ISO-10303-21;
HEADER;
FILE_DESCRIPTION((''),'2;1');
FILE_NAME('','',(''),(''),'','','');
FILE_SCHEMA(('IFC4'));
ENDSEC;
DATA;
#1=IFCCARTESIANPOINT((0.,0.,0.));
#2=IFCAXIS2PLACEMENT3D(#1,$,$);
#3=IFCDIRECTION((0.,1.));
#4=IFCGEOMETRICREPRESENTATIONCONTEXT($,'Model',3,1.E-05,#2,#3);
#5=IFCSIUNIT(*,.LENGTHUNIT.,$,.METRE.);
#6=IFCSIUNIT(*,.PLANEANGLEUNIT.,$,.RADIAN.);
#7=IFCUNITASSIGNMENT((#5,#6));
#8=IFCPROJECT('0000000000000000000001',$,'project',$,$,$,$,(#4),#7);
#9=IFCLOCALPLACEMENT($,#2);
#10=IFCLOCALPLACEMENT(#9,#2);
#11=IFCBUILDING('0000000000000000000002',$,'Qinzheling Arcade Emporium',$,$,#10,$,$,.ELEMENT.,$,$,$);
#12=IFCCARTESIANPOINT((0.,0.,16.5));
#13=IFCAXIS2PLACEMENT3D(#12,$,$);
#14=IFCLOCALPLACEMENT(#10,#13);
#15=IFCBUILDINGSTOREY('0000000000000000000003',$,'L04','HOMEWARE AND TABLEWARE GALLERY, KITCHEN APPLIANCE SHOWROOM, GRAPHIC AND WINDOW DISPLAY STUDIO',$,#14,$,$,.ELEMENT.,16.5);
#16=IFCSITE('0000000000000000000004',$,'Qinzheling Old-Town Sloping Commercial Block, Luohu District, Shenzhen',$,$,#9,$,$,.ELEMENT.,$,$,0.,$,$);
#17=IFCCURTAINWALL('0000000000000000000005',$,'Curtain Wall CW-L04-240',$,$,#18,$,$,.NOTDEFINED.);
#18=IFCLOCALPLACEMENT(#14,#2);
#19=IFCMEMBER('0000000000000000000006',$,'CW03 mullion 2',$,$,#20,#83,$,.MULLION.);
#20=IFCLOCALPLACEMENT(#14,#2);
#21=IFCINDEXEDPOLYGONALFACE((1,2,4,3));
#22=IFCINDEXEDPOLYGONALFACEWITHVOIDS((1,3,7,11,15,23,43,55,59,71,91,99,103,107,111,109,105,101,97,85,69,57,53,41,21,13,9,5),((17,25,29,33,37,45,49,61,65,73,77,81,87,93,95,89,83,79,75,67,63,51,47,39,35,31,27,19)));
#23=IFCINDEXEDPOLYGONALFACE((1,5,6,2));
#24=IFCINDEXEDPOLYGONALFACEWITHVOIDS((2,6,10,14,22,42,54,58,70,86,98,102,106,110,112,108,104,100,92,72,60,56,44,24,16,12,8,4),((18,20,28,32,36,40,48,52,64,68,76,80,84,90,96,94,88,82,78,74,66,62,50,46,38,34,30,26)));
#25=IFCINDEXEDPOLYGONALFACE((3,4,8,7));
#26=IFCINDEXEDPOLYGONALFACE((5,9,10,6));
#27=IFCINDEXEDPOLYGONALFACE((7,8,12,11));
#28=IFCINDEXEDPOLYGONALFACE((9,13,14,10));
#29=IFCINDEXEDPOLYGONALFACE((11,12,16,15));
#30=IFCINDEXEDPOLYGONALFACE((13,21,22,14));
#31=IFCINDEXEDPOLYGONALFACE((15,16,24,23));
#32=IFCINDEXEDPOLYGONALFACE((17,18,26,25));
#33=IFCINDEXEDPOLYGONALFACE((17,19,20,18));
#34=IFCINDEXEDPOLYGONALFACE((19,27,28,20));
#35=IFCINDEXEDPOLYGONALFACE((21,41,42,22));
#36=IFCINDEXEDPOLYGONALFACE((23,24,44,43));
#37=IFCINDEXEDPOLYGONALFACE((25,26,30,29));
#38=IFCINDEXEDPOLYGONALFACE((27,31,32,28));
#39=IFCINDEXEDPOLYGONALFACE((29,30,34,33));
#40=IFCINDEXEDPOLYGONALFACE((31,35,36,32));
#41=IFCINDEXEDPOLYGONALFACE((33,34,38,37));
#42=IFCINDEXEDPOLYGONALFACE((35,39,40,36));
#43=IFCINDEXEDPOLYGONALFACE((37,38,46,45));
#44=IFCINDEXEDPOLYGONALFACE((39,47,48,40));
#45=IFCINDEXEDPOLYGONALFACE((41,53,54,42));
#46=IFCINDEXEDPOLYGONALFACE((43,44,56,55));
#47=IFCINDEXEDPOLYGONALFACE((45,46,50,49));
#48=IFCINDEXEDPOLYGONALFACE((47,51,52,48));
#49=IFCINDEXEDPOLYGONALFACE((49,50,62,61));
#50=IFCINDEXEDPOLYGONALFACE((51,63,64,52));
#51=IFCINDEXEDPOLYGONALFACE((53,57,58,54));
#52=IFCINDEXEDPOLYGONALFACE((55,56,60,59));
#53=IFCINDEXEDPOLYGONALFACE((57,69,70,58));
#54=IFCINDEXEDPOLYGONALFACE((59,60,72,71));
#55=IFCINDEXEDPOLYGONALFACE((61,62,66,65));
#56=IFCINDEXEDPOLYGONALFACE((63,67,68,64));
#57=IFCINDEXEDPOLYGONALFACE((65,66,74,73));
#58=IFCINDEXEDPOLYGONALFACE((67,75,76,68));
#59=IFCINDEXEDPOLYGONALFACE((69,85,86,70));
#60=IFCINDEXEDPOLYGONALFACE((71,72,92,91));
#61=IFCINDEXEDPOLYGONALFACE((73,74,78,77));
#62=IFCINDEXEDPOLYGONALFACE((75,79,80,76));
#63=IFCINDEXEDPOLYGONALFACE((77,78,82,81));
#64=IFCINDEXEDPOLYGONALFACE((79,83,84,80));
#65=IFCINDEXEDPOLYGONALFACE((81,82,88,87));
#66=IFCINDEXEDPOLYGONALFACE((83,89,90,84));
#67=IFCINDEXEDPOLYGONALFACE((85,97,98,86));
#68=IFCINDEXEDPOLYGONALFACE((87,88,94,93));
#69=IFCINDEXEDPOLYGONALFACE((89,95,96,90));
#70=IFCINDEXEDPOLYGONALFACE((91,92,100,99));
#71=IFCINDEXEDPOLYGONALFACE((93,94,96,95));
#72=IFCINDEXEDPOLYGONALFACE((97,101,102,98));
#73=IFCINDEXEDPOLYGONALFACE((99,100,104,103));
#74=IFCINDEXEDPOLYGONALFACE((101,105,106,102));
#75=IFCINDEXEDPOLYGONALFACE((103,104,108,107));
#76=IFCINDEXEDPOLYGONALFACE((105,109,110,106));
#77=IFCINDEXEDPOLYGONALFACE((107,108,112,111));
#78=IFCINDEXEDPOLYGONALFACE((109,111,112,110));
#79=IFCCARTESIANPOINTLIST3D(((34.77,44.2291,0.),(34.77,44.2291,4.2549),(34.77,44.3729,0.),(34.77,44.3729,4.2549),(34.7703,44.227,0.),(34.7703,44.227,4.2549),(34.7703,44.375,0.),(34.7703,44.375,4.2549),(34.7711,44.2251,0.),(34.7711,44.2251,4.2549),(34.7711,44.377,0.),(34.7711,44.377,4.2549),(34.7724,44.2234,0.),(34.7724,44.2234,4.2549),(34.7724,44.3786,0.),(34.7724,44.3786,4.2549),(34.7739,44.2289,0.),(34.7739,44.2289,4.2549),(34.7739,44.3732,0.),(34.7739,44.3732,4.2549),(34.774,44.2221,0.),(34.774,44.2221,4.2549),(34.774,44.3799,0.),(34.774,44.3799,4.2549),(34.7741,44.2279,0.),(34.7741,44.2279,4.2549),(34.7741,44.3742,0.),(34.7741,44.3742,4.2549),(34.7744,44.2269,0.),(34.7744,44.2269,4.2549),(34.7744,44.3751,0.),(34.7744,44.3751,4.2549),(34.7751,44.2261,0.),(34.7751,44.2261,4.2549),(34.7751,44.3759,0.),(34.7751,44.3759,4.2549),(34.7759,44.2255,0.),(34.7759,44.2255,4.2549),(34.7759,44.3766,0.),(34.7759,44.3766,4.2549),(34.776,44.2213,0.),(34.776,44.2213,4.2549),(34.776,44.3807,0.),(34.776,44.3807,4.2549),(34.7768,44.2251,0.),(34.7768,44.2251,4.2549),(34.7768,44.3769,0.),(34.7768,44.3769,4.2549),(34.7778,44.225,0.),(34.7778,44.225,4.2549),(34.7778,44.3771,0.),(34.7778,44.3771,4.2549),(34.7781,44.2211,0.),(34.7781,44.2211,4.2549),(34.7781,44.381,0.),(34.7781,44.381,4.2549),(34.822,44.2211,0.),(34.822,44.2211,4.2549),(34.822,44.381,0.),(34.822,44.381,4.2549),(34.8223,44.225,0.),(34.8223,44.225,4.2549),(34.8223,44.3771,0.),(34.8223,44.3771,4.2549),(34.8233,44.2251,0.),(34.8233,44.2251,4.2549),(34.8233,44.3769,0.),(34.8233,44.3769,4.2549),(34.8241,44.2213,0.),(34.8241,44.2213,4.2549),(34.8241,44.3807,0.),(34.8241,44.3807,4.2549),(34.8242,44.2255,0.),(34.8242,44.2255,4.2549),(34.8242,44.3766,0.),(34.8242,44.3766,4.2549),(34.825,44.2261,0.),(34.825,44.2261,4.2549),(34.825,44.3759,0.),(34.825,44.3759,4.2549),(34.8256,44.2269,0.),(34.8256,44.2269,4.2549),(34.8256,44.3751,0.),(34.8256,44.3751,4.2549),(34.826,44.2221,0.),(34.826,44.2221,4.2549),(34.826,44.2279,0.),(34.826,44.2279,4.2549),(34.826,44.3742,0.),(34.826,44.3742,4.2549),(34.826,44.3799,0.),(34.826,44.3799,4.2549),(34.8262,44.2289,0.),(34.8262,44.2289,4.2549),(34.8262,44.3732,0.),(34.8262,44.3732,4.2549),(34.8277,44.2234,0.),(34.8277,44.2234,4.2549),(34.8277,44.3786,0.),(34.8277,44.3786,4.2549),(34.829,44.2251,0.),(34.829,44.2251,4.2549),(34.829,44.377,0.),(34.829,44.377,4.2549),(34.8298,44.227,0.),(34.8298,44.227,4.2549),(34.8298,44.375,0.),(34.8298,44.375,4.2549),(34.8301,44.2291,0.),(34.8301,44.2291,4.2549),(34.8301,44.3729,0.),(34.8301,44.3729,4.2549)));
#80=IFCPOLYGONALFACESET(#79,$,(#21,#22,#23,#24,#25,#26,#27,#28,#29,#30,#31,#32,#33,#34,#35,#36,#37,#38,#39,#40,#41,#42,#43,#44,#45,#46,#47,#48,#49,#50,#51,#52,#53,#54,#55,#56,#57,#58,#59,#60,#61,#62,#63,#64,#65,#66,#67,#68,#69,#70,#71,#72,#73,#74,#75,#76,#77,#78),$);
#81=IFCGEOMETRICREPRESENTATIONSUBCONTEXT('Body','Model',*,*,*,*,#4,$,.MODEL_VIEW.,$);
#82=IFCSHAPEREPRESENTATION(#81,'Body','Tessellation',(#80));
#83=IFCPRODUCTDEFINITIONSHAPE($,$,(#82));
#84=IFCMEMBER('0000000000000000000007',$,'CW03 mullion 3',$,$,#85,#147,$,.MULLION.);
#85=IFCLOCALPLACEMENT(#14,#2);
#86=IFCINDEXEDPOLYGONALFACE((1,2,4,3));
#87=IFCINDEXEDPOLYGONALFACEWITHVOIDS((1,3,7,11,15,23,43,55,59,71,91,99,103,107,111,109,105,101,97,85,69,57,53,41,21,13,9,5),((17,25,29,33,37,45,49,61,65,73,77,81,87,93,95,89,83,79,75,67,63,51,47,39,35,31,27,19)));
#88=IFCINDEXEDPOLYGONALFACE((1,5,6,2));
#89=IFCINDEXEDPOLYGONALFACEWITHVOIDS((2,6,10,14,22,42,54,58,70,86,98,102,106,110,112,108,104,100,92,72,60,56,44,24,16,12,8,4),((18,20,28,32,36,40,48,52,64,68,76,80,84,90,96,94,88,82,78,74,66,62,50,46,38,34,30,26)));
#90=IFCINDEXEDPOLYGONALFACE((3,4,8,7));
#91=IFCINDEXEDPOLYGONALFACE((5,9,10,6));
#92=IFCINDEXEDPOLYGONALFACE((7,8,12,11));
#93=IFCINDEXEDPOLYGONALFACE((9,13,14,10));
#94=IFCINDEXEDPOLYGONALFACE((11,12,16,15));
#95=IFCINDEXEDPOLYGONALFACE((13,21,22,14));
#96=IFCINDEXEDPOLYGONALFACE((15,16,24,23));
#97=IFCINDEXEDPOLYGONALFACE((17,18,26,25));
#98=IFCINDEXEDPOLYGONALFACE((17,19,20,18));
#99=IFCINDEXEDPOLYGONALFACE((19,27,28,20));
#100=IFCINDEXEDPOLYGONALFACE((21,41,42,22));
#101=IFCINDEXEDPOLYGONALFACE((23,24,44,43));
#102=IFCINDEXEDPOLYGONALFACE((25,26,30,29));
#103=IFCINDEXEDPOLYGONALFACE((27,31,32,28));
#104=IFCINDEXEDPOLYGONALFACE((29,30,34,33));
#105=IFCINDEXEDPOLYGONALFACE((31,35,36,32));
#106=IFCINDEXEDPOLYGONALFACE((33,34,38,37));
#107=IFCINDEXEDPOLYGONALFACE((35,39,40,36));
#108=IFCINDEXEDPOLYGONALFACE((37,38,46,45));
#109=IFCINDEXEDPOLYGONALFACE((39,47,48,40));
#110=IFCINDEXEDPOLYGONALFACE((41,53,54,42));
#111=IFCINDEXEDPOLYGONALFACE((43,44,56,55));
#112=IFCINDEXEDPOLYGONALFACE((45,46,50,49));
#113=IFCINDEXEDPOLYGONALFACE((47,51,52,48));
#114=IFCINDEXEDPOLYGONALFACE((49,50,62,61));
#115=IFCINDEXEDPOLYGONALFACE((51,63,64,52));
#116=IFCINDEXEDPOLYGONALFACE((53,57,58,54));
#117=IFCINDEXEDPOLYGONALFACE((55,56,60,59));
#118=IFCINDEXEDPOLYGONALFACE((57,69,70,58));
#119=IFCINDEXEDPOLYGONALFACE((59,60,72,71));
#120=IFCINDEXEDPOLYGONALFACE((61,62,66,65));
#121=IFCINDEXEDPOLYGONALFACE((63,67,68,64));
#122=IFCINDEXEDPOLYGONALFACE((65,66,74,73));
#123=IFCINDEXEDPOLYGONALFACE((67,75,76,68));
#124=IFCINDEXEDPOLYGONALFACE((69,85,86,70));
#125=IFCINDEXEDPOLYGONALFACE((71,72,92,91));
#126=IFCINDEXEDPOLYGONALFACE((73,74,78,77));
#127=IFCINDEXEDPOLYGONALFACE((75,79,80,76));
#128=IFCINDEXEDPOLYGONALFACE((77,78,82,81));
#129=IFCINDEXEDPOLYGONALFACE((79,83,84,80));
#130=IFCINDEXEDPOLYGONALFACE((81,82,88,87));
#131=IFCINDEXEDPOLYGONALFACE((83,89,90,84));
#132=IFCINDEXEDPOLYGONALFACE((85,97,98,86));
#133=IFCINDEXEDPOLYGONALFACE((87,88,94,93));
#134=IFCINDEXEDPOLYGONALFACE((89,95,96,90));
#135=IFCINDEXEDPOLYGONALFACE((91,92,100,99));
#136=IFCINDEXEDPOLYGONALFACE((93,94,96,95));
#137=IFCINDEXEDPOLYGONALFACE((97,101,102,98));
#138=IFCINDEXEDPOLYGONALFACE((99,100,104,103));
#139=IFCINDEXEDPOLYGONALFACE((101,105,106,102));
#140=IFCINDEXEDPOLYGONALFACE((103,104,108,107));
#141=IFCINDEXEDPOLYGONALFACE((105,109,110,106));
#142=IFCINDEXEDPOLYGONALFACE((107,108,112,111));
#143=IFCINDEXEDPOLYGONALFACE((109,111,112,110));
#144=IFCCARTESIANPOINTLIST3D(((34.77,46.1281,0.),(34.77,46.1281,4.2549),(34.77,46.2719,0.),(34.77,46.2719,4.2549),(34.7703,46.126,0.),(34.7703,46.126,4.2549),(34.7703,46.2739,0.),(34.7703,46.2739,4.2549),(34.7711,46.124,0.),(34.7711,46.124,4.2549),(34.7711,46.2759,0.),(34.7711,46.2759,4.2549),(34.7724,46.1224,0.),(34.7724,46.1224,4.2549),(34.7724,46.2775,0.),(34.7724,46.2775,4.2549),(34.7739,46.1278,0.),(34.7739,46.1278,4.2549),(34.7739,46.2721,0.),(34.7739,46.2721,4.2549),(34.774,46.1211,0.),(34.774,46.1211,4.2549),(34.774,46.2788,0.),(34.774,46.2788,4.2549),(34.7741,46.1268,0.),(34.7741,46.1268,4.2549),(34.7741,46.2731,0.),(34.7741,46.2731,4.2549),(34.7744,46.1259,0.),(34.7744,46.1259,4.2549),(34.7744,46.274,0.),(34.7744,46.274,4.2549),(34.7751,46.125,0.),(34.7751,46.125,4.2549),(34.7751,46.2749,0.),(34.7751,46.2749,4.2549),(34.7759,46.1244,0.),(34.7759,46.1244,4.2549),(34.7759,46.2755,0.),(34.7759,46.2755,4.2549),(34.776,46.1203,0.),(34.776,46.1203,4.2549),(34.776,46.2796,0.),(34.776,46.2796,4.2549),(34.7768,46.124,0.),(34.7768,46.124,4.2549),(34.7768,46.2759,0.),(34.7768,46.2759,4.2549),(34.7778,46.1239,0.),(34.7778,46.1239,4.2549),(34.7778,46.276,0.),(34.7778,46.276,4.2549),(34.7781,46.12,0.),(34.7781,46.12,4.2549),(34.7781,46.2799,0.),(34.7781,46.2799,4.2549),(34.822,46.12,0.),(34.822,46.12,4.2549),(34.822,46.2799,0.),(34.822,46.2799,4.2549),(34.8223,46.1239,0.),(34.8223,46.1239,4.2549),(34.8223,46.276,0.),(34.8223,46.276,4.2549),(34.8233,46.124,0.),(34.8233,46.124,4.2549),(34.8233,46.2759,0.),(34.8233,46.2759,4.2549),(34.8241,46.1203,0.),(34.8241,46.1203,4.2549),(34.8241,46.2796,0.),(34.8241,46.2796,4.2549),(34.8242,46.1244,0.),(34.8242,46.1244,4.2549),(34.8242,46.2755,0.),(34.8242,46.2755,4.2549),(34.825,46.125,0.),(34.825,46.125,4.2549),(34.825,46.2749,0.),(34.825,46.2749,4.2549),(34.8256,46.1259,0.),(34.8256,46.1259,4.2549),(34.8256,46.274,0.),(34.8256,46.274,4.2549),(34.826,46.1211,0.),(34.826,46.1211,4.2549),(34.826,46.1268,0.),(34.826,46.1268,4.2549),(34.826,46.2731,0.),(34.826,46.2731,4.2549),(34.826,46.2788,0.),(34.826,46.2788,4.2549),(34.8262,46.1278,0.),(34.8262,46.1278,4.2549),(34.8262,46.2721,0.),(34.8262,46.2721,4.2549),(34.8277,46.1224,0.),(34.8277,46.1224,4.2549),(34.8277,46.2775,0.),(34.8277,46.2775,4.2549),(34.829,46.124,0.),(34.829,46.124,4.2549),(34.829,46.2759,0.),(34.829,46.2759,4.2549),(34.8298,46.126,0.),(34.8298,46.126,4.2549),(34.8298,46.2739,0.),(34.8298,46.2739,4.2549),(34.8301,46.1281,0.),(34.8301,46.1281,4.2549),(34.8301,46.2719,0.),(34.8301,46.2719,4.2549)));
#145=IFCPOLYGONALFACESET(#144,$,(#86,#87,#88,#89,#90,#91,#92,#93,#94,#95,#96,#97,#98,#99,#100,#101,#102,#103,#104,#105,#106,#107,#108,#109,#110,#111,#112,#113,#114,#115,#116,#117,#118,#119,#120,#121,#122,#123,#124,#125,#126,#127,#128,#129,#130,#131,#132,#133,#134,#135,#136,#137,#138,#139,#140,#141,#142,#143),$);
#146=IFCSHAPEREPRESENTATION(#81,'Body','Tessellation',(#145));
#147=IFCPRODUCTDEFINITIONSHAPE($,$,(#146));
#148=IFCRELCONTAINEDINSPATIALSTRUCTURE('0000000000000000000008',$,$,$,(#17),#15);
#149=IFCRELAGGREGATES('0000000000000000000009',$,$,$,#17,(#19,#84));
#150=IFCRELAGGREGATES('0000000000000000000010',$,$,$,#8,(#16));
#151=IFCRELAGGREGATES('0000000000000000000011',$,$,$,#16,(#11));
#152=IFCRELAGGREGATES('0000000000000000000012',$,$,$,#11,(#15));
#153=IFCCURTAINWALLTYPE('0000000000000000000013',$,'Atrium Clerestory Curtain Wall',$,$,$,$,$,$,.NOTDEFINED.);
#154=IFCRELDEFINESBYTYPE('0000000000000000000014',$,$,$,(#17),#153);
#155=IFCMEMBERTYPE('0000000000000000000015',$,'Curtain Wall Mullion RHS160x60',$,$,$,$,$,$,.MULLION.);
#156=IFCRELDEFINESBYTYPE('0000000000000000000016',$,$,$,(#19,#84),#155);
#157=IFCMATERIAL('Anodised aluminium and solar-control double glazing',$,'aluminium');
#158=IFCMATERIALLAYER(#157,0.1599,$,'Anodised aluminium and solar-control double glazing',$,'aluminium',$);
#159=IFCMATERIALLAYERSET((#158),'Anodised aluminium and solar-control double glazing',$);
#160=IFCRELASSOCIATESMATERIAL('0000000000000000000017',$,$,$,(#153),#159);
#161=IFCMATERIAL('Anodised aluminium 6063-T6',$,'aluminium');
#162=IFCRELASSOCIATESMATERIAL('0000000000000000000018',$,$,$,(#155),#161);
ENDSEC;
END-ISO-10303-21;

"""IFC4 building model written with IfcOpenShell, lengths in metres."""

from ifc_helpers import new_model, si_unit, direction, frame, origin, origin_2d, place, context, subcontext, project, spatial, hollow_rectangle, extrude, material, layer, layer_set, material_profile, profile_set, type_object, element, aggregate, save


model = new_model("IFC4")

# Units and contexts
model_context = context("Model", 3, precision=1e-05, world=origin(), true_north=direction((0.0, 1.0)))
body_context = subcontext(model_context, "Body", "Model", "MODEL_VIEW")
ifc_project = project(units=[si_unit("LENGTHUNIT", "METRE"), si_unit("PLANEANGLEUNIT", "RADIAN")], contexts=[model_context])

# Site, building, storey
site_placement = place(None, origin())
site = spatial("IfcSite", under=ifc_project, at=site_placement, Name="Qinzheling Old-Town Sloping Commercial Block, Luohu District, Shenzhen", CompositionType="ELEMENT", RefElevation=0.0)
building_placement = place(site_placement, origin())
building = spatial("IfcBuilding", under=site, at=building_placement, Name="Qinzheling Arcade Emporium", CompositionType="ELEMENT")
storey_placement = place(building_placement, frame((0.0, 0.0, 16.5)))
storey = spatial("IfcBuildingStorey", under=building, at=storey_placement, Name="L04", Description="HOMEWARE AND TABLEWARE GALLERY, KITCHEN APPLIANCE SHOWROOM, GRAPHIC AND WINDOW DISPLAY STUDIO", CompositionType="ELEMENT", Elevation=16.5)

# Curtain wall, members
ifc_material_1 = material(Name="Anodised aluminium and solar-control double glazing", Category="aluminium")
ifc_layer_1 = layer(ifc_material_1, 0.1599, Name="Anodised aluminium and solar-control double glazing", Category="aluminium")
ifc_layer_set_1 = layer_set([ifc_layer_1], Name="Anodised aluminium and solar-control double glazing")
curtain_wall_type = type_object("IfcCurtainWallType", Name="Atrium Clerestory Curtain Wall", PredefinedType="NOTDEFINED", material=ifc_layer_set_1)
curtain_wall_1_placement = place(storey_placement, origin())
curtain_wall_1 = element("IfcCurtainWall", 1, at=curtain_wall_1_placement, inside=storey, type_object=curtain_wall_type, Name="Curtain Wall CW-L04-240", PredefinedType="NOTDEFINED")
ifc_material_2 = material(Name="Anodised aluminium 6063-T6", Category="aluminium")
ifc_material_profile_1 = material_profile(ifc_material_2, hollow_rectangle(XDim=0.0601, YDim=0.1599, WallThickness=0.0039, InnerFilletRadius=0.0039, OuterFilletRadius=0.0081, at=origin_2d()), Name="RHS 160x60x4", Category="aluminium")
ifc_profile_set_1 = profile_set([ifc_material_profile_1], Name="Anodised aluminium 6063-T6")
member_type_1 = type_object("IfcMemberType", Name="Curtain Wall Mullion RHS160x60", PredefinedType="MULLION", material=ifc_profile_set_1)
member_1_placement = place(storey_placement, frame((34.8, 44.301, 0.0), z_axis=(0.0, 0.0, 1.0), x_axis=(-1.0, 0.0, 0.0)))
member_1 = element("IfcMember", 2, at=member_1_placement, type_object=member_type_1, Name="CW03 mullion 2", PredefinedType="MULLION", context=body_context, shape_type="SweptSolid", body=[
    extrude(hollow_rectangle(XDim=0.0601, YDim=0.1599, WallThickness=0.0039, InnerFilletRadius=0.0039, OuterFilletRadius=0.0081, at=origin_2d()), origin(), (0.0, 0.0, 1.0), 4.2549),
])
member_2_placement = place(storey_placement, frame((34.8, 46.2, 0.0), z_axis=(0.0, 0.0, 1.0), x_axis=(-1.0, 0.0, 0.0)))
member_2 = element("IfcMember", 3, at=member_2_placement, type_object=member_type_1, Name="CW03 mullion 3", PredefinedType="MULLION", context=body_context, shape_type="SweptSolid", body=[
    extrude(hollow_rectangle(XDim=0.0601, YDim=0.1599, WallThickness=0.0039, InnerFilletRadius=0.0039, OuterFilletRadius=0.0081, at=origin_2d()), origin(), (0.0, 0.0, 1.0), 4.2549),
])

aggregate(curtain_wall_1, [member_1, member_2])

save(model, "model.ifc")
